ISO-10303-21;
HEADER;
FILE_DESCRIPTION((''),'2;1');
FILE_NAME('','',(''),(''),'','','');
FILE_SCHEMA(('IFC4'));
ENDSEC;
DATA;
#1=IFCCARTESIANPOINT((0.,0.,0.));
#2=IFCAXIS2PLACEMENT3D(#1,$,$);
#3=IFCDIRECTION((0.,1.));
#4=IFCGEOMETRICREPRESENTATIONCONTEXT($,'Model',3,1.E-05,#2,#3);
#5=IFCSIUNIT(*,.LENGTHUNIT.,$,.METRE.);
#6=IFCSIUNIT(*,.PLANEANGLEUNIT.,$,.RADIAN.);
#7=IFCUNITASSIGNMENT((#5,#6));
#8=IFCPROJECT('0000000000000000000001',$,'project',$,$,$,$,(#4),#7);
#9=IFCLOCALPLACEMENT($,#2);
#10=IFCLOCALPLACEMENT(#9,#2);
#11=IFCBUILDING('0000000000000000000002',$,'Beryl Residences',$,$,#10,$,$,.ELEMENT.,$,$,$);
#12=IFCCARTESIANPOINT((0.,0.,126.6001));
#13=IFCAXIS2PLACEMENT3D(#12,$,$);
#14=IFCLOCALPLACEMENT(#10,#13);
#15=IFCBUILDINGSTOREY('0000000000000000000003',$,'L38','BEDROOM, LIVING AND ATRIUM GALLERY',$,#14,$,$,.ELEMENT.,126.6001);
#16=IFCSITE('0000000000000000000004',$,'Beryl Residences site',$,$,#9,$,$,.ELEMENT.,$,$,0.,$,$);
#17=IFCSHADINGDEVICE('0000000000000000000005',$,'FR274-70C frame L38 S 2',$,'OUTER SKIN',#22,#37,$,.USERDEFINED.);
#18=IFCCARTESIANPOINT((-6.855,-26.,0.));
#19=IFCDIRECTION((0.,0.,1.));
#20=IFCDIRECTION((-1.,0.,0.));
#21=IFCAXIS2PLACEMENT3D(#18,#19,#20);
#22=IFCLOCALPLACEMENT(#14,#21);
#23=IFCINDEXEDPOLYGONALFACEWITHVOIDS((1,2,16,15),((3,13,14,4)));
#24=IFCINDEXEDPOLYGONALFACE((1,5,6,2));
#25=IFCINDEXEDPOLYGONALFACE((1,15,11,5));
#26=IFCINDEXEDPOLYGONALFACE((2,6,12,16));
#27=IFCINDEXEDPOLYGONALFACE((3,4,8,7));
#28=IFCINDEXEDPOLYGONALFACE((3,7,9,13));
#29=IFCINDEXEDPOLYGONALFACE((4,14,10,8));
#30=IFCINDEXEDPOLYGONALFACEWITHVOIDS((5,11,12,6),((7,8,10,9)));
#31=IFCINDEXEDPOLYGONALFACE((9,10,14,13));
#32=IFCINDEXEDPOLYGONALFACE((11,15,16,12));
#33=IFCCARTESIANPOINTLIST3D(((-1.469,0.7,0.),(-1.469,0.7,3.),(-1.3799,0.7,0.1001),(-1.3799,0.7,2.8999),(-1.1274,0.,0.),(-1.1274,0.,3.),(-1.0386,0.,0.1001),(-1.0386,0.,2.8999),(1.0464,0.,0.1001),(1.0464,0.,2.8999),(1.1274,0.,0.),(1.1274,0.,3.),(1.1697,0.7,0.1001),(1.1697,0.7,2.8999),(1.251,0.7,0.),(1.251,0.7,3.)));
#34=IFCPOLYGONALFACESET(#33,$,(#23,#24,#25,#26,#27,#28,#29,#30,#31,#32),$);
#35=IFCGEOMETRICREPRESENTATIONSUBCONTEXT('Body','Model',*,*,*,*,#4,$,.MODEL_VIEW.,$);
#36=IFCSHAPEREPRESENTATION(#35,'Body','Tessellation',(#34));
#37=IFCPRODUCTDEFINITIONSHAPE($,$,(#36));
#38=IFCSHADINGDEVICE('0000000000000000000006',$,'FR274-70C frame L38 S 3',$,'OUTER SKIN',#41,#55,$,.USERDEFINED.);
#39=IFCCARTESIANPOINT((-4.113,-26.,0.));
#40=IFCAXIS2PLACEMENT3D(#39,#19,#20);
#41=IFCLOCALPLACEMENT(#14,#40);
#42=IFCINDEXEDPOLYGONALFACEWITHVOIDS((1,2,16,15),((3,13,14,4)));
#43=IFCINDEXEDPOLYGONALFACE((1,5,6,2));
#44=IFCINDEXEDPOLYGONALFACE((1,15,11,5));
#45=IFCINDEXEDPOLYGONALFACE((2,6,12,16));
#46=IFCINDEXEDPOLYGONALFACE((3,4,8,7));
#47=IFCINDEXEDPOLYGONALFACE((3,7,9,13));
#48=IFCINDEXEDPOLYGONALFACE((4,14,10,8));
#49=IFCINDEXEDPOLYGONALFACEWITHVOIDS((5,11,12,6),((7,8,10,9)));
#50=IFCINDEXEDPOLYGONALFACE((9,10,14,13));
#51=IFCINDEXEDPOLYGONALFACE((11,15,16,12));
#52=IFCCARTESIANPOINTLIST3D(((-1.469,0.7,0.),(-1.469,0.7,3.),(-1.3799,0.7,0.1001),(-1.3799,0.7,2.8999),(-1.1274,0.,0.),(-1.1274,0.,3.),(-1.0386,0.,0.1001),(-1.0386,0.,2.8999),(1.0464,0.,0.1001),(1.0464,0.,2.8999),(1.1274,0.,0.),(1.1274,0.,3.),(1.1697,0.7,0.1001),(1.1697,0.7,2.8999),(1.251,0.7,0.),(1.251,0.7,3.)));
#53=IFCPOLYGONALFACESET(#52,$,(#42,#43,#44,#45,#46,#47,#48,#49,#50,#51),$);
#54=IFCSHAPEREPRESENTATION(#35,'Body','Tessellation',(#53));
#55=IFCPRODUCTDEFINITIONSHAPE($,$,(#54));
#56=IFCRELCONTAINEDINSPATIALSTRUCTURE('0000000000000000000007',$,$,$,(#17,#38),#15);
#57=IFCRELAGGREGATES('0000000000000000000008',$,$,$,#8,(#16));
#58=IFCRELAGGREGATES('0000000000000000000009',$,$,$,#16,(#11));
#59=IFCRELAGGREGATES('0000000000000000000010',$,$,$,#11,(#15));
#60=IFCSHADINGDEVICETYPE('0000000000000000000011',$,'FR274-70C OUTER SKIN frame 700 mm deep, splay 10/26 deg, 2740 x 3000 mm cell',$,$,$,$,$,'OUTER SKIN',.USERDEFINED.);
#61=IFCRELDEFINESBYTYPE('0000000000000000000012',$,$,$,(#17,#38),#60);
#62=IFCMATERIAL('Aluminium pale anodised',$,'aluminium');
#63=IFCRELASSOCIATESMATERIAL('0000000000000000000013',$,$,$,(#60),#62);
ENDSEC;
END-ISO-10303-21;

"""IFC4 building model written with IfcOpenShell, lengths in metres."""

from ifc_helpers import new_model, entity, si_unit, direction, frame, origin, place, context, subcontext, project, spatial, source, transform, mapped, material, type_object, type_shapes, element, save


model = new_model("IFC4")

# Units and contexts
model_context = context("Model", 3, precision=1e-05, world=origin(), true_north=direction((0.0, 1.0)))
body_context = subcontext(model_context, "Body", "Model", "MODEL_VIEW")
ifc_project = project(units=[si_unit("LENGTHUNIT", "METRE"), si_unit("PLANEANGLEUNIT", "RADIAN")], contexts=[model_context])

# Site, building, storey
site_placement = place(None, origin())
site = spatial("IfcSite", under=ifc_project, at=site_placement, Name="Beryl Residences site", CompositionType="ELEMENT", RefElevation=0.0)
building_placement = place(site_placement, origin())
building = spatial("IfcBuilding", under=site, at=building_placement, Name="Beryl Residences", CompositionType="ELEMENT")
storey_placement = place(building_placement, frame((0.0, 0.0, 126.6001)))
storey = spatial("IfcBuildingStorey", under=building, at=storey_placement, Name="L38", Description="BEDROOM, LIVING AND ATRIUM GALLERY", CompositionType="ELEMENT", Elevation=126.6001)

# Shading devices
ifc_material_1 = material(Name="Aluminium pale anodised", Category="aluminium")
shading_device_type = type_object("IfcShadingDeviceType", Name="FR274-70C OUTER SKIN frame 700 mm deep, splay 10/26 deg, 2740 x 3000 mm cell", ElementType="OUTER SKIN", PredefinedType="USERDEFINED", material=ifc_material_1)
cartesian_point_1 = entity("IfcCartesianPoint", [-1.1274, 0.0])
cartesian_point_2 = entity("IfcCartesianPoint", [-1.0464, 0.1001])
cartesian_point_3 = entity("IfcCartesianPoint", [-1.251, 0.0])
cartesian_point_4 = entity("IfcCartesianPoint", [-1.1697, 0.1001])
shared_shape_1 = source(origin(), body_context, "Body", "SweptSolid", [
    entity("IfcExtrudedAreaSolidTapered", entity("IfcArbitraryProfileDefWithVoids", "AREA", None, entity("IfcPolyline", [cartesian_point_1, entity("IfcCartesianPoint", [1.1274, 0.0]), entity("IfcCartesianPoint", [1.1274, 3.0]), entity("IfcCartesianPoint", [-1.1274, 3.0]), cartesian_point_1]), [entity("IfcPolyline", [cartesian_point_2, entity("IfcCartesianPoint", [1.0386, 0.1001]), entity("IfcCartesianPoint", [1.0386, 2.8999]), entity("IfcCartesianPoint", [-1.0464, 2.8999]), cartesian_point_2])]), entity("IfcAxis2Placement3D", entity("IfcCartesianPoint", [0.0, 0.0, 0.0]), entity("IfcDirection", [0.0, 1.0, 0.0]), entity("IfcDirection", [-1.0, 0.0, 0.0])), entity("IfcDirection", [0.0, 0.0, 1.0]), 0.7, entity("IfcArbitraryProfileDefWithVoids", "AREA", None, entity("IfcPolyline", [cartesian_point_3, entity("IfcCartesianPoint", [1.469, 0.0]), entity("IfcCartesianPoint", [1.469, 3.0]), entity("IfcCartesianPoint", [-1.251, 3.0]), cartesian_point_3]), [entity("IfcPolyline", [cartesian_point_4, entity("IfcCartesianPoint", [1.3799, 0.1001]), entity("IfcCartesianPoint", [1.3799, 2.8999]), entity("IfcCartesianPoint", [-1.1697, 2.8999]), cartesian_point_4])])),
])
type_shapes(shading_device_type, [shared_shape_1])
for number, where, z_axis, x_axis, name in (
    (1, (-6.855, -26.0, 0.0), (0.0, 0.0, 1.0), (-1.0, 0.0, 0.0), "FR274-70C frame L38 S 2"),
    (2, (-4.113, -26.0, 0.0), (0.0, 0.0, 1.0), (-1.0, 0.0, 0.0), "FR274-70C frame L38 S 3"),
):
    element("IfcShadingDevice", number, at=place(storey_placement, frame(where, z_axis=z_axis, x_axis=x_axis)), inside=storey, type_object=shading_device_type, Name=name, ObjectType="OUTER SKIN", PredefinedType="USERDEFINED", context=body_context, shape_type="MappedRepresentation", body=[
        mapped(shared_shape_1, transform((0.0, 0.0, 0.0))),
    ])

save(model, "model.ifc")
